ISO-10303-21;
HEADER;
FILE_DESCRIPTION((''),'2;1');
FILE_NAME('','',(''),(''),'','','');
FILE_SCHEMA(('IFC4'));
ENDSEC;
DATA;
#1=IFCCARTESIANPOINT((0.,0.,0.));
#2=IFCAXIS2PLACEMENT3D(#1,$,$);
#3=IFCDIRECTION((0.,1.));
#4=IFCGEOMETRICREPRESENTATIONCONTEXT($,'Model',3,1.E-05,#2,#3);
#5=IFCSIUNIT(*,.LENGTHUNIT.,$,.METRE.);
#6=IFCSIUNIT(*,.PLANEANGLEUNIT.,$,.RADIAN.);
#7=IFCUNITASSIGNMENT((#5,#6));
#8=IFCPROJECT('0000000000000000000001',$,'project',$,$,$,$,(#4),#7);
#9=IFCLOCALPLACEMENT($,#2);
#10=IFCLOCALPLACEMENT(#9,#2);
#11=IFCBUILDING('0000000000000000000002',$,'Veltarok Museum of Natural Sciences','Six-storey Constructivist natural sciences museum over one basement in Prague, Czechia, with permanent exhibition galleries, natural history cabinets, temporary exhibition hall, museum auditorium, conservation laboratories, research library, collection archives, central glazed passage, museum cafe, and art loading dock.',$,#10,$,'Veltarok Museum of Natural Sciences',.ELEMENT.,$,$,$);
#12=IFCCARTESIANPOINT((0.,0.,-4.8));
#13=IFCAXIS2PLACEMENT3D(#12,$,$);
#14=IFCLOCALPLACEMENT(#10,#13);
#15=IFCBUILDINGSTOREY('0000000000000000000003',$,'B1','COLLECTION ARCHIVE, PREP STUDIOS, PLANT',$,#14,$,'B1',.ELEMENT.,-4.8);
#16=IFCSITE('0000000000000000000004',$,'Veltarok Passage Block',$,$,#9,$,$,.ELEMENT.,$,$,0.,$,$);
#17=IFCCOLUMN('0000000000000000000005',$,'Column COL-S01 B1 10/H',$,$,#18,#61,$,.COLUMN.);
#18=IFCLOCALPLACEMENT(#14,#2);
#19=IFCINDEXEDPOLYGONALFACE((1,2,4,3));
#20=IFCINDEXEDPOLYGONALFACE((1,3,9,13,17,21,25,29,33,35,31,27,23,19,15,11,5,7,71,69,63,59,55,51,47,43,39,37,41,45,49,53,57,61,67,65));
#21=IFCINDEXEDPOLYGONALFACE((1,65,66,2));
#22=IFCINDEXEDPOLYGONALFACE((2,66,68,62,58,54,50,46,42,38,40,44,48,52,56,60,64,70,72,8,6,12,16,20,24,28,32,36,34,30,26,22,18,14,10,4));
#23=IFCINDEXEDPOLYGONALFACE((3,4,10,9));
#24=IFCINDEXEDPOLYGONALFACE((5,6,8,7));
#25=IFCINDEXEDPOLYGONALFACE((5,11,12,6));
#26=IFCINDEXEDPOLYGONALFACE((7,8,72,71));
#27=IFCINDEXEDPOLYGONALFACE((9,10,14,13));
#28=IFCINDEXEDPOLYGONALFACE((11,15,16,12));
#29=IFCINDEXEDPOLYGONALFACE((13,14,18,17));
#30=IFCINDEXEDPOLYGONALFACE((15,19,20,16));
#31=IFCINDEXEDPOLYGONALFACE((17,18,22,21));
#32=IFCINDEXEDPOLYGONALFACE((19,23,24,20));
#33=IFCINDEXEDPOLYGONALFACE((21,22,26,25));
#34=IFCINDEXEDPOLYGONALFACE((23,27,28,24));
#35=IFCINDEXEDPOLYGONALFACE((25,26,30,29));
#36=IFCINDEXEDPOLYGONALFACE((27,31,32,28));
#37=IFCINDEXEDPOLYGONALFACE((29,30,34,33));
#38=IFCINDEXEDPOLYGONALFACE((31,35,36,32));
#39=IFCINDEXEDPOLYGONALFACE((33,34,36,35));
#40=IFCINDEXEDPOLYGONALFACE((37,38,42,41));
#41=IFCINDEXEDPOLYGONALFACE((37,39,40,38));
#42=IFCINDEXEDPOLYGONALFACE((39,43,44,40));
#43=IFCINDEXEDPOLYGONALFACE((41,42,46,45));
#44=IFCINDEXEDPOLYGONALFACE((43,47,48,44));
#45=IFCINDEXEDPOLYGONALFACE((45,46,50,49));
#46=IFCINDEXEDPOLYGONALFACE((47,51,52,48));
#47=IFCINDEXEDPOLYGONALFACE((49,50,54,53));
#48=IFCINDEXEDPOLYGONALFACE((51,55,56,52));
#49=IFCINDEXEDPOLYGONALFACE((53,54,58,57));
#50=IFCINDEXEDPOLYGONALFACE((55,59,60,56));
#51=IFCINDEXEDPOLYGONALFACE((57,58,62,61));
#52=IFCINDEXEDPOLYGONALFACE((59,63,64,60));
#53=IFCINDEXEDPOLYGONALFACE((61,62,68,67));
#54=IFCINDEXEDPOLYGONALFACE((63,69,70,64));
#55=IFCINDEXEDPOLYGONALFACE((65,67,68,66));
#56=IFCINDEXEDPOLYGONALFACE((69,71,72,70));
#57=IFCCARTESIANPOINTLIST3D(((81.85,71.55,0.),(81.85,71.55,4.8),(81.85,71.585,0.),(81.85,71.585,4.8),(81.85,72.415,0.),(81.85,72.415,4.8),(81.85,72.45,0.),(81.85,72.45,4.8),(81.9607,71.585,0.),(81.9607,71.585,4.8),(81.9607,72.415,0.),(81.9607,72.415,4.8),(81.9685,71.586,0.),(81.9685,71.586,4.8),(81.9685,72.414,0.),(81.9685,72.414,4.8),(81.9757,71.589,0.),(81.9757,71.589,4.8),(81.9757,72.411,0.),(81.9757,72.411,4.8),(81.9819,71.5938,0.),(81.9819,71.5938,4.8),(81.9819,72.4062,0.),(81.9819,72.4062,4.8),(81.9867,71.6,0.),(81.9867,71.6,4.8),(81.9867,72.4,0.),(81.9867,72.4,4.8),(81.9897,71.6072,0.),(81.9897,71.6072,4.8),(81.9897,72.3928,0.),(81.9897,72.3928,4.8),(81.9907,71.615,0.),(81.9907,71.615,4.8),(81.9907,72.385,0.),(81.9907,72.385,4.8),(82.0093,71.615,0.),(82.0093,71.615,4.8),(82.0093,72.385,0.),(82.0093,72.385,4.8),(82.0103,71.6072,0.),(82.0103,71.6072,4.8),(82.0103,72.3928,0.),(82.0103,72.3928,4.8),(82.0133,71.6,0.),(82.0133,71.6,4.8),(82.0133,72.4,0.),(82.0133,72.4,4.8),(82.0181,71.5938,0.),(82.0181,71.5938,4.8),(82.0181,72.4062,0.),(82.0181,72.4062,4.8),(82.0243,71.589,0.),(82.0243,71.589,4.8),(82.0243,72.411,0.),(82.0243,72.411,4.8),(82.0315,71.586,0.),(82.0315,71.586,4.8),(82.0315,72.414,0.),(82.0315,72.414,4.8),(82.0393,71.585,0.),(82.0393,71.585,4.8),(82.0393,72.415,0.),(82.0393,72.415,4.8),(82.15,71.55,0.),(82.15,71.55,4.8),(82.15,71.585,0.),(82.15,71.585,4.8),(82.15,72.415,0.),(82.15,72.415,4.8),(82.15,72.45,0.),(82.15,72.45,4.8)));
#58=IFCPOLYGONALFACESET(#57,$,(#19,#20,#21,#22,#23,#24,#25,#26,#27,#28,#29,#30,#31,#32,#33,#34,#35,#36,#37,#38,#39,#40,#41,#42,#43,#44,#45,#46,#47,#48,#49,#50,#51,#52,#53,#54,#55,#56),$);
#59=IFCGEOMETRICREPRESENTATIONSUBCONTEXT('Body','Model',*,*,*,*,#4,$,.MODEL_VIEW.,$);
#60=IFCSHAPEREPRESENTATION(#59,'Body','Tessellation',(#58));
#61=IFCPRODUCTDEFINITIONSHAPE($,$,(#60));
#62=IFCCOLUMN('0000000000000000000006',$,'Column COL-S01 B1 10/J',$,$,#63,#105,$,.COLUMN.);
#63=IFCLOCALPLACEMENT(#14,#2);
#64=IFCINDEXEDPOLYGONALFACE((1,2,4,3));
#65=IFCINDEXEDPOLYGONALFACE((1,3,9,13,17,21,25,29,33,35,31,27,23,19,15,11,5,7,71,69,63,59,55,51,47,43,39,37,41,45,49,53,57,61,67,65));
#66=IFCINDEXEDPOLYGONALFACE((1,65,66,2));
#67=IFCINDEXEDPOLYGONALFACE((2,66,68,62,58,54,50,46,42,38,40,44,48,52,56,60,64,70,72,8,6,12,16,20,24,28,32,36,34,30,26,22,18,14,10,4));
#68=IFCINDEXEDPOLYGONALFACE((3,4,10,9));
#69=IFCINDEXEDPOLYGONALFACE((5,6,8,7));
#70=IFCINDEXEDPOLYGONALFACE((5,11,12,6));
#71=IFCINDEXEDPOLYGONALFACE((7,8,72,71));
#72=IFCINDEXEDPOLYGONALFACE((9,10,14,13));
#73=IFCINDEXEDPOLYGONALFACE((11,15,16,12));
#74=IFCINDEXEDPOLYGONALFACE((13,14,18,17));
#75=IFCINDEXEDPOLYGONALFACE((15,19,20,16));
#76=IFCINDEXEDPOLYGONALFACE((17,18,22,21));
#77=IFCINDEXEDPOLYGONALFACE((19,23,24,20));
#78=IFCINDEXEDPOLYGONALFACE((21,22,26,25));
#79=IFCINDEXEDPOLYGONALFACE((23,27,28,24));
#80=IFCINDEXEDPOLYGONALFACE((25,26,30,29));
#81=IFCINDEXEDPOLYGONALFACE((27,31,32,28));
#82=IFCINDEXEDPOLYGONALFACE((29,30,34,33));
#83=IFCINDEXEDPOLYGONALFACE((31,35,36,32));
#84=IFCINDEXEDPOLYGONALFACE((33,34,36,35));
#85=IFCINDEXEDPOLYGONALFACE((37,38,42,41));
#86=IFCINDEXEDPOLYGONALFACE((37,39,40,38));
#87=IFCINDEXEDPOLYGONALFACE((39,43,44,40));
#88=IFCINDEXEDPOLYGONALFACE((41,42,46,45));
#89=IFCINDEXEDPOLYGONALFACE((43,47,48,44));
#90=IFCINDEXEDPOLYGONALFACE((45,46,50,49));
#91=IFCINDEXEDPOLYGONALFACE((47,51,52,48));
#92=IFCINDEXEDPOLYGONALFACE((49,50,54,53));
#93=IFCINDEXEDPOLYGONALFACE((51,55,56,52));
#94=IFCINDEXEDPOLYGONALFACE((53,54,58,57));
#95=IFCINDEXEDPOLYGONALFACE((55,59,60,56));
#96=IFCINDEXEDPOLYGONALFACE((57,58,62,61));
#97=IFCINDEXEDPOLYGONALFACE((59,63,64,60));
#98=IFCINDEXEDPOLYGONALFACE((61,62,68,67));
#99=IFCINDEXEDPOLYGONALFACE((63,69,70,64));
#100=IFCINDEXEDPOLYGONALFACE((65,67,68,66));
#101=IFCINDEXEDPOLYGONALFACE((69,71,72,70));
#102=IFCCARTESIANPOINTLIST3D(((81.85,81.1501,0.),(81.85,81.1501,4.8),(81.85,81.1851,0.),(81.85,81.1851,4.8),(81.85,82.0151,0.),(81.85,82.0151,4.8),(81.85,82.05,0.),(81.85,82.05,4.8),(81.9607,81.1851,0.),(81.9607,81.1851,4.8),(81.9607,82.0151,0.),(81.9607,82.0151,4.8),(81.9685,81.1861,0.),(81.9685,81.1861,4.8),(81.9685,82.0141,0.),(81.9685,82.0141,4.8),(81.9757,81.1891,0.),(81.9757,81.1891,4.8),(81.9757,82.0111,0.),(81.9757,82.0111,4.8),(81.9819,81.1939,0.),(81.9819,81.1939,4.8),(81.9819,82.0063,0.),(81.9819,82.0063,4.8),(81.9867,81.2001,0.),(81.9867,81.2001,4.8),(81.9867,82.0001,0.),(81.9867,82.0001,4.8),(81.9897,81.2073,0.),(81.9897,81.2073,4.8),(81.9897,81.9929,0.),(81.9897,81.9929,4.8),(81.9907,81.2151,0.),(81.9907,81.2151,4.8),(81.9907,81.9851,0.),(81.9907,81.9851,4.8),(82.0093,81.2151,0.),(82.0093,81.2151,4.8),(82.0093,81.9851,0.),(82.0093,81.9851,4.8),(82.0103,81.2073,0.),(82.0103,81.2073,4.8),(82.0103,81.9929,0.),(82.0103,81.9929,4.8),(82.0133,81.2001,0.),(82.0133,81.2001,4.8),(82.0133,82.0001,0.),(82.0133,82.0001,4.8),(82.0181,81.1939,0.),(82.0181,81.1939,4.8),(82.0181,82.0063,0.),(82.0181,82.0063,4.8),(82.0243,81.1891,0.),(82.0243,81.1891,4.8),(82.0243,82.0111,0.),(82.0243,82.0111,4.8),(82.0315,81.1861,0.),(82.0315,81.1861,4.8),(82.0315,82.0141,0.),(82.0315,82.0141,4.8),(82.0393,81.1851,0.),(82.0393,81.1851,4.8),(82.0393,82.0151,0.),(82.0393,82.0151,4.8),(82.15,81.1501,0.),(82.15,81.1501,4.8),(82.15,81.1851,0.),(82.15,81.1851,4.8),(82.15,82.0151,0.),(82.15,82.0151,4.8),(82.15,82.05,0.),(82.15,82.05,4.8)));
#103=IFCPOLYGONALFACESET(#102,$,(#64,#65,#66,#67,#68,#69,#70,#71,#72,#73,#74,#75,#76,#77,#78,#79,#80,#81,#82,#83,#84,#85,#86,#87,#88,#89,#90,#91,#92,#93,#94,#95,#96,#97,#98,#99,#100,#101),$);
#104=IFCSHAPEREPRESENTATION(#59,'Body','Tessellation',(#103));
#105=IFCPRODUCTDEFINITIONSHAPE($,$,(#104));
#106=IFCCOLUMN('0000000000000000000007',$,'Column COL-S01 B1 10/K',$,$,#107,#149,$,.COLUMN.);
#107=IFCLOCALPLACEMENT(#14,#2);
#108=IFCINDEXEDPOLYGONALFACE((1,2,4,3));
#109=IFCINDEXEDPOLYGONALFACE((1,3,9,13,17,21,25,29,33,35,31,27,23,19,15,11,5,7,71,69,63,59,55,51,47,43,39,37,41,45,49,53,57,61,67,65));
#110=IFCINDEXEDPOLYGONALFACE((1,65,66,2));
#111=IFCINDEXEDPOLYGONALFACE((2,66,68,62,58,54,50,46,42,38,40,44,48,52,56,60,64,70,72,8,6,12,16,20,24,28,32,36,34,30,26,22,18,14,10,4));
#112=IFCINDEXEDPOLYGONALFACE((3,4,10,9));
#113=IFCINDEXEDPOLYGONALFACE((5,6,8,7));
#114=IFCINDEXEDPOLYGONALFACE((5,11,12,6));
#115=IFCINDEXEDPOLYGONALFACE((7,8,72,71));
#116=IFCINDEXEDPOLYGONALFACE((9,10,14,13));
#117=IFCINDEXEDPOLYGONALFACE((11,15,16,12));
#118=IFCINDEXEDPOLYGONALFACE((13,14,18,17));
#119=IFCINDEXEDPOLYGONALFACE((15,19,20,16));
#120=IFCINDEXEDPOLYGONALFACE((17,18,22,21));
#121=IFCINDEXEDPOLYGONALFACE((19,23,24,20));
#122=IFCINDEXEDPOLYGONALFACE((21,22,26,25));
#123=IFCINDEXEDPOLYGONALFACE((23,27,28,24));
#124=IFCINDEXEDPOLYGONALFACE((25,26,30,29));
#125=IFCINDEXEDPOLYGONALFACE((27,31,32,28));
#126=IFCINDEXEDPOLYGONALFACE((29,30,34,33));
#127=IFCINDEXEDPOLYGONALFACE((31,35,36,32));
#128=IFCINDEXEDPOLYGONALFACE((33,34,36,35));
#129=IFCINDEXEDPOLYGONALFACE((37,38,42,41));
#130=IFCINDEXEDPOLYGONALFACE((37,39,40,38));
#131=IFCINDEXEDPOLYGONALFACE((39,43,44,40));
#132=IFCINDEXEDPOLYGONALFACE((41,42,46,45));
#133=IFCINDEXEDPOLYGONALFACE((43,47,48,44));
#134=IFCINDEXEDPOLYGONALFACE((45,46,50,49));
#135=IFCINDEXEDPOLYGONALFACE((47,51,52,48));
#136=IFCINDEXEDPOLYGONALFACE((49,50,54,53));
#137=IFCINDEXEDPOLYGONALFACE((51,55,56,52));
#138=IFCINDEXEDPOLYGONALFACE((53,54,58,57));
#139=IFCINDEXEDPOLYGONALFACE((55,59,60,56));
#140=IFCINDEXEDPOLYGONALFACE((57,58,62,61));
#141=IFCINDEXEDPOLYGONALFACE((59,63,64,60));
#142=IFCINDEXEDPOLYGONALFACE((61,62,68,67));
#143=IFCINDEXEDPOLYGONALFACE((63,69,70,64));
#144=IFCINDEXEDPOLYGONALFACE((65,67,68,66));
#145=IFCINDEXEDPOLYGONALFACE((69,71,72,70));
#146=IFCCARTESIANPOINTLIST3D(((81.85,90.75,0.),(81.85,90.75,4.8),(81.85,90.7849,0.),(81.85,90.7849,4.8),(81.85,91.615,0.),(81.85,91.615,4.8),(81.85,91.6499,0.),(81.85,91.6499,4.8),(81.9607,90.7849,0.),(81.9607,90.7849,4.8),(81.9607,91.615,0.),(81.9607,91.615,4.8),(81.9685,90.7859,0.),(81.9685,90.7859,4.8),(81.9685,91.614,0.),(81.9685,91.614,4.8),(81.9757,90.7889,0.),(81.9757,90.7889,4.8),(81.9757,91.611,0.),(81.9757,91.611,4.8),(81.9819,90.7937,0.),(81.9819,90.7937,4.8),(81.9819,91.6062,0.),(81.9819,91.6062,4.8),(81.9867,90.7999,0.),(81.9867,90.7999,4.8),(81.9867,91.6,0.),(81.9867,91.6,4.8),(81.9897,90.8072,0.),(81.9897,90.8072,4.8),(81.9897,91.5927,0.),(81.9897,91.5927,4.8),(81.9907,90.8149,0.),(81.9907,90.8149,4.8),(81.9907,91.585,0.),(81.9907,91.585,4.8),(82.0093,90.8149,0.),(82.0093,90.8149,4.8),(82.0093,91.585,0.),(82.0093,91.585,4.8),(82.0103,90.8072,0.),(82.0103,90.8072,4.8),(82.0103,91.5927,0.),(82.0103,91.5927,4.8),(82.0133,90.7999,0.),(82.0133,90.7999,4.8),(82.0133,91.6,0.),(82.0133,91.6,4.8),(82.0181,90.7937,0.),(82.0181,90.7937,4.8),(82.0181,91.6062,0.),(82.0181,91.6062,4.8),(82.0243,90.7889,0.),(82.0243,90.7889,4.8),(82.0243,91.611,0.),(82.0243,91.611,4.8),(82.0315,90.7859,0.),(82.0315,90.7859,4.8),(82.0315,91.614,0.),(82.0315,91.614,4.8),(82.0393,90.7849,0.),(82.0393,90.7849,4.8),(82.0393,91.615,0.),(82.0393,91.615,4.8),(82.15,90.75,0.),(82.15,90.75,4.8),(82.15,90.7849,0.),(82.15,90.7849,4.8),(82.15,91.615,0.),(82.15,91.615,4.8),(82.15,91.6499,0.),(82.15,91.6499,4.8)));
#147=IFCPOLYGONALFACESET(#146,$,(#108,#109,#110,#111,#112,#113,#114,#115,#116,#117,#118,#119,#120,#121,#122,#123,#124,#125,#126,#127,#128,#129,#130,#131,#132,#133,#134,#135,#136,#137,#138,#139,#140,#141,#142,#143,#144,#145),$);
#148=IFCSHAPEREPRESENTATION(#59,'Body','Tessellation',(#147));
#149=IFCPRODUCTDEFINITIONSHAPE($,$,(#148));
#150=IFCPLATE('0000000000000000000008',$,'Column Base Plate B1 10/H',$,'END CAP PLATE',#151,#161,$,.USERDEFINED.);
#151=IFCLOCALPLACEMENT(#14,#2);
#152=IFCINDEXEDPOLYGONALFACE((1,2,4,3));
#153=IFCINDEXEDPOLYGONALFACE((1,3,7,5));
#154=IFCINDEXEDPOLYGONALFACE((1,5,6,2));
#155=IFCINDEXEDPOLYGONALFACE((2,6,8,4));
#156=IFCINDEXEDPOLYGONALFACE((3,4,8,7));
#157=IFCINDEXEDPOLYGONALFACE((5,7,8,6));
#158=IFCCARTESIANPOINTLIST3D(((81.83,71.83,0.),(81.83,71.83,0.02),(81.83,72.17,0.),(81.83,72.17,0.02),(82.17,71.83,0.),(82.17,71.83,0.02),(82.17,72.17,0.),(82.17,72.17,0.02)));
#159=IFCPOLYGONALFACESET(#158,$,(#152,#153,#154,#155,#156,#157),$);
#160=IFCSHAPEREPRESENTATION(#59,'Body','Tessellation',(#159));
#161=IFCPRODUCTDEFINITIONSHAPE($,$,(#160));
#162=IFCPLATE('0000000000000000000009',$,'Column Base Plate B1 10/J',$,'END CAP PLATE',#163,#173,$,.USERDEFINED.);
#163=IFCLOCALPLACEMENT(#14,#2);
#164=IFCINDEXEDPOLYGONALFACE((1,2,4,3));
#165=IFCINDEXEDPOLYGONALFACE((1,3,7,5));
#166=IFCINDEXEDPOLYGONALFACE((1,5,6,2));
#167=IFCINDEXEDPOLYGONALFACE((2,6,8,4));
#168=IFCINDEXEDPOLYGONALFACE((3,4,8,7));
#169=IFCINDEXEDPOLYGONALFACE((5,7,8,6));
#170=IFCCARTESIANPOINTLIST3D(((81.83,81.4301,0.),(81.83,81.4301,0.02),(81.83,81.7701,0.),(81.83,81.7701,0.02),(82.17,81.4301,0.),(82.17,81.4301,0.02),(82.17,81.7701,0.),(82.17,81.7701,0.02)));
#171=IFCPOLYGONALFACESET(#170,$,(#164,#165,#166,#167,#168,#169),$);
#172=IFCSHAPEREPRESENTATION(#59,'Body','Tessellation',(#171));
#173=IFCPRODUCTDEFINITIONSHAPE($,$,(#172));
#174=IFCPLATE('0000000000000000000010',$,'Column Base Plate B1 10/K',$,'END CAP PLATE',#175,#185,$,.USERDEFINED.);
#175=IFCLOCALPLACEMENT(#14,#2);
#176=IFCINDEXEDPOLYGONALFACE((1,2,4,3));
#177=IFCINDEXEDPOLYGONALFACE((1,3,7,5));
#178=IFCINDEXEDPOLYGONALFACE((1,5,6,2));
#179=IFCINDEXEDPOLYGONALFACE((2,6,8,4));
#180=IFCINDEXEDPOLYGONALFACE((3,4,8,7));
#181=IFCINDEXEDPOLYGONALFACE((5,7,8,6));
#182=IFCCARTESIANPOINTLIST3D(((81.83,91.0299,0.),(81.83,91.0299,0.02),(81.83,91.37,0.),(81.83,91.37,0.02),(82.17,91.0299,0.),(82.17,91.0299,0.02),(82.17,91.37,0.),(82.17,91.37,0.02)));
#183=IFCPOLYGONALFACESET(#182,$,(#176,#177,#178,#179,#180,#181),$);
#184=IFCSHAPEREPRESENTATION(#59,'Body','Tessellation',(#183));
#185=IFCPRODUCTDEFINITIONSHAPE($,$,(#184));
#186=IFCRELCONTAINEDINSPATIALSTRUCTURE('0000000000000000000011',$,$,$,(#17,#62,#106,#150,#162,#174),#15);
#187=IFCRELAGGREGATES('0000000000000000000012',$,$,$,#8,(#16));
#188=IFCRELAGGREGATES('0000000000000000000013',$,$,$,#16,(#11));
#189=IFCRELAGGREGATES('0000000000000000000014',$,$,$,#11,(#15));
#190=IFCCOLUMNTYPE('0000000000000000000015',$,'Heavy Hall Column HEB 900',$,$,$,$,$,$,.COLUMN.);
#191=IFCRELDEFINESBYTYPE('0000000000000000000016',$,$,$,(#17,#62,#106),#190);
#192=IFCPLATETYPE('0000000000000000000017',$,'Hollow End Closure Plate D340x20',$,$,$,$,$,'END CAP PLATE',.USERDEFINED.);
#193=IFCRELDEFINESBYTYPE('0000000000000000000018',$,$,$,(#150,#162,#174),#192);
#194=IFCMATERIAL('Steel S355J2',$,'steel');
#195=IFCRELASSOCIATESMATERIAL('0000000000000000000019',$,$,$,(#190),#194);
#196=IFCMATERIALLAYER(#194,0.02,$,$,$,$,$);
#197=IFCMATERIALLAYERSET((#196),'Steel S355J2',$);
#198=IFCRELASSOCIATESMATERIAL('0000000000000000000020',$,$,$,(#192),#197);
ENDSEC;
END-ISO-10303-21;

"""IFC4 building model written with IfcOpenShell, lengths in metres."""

from ifc_helpers import new_model, si_unit, direction, frame, origin, origin_2d, place, context, subcontext, project, spatial, rectangle, i_section, extrude, material, layer, layer_set, material_profile, profile_set, type_object, element, save


model = new_model("IFC4")

# Units and contexts
model_context = context("Model", 3, precision=1e-05, world=origin(), true_north=direction((0.0, 1.0)))
body_context = subcontext(model_context, "Body", "Model", "MODEL_VIEW")
ifc_project = project(units=[si_unit("LENGTHUNIT", "METRE"), si_unit("PLANEANGLEUNIT", "RADIAN")], contexts=[model_context])

# Site, building, storey
site_placement = place(None, origin())
site = spatial("IfcSite", under=ifc_project, at=site_placement, Name="Veltarok Passage Block", CompositionType="ELEMENT", RefElevation=0.0)
building_placement = place(site_placement, origin())
building = spatial("IfcBuilding", under=site, at=building_placement, Name="Veltarok Museum of Natural Sciences", Description="Six-storey Constructivist natural sciences museum over one basement in Prague, Czechia, with permanent exhibition galleries, natural history cabinets, temporary exhibition hall, museum auditorium, conservation laboratories, research library, collection archives, central glazed passage, museum cafe, and art loading dock.", LongName="Veltarok Museum of Natural Sciences", CompositionType="ELEMENT")
storey_placement = place(building_placement, frame((0.0, 0.0, -4.8)))
storey = spatial("IfcBuildingStorey", under=building, at=storey_placement, Name="B1", Description="COLLECTION ARCHIVE, PREP STUDIOS, PLANT", LongName="B1", CompositionType="ELEMENT", Elevation=-4.8)

# Columns
ifc_material_1 = material(Name="Steel S355J2", Category="steel")
ifc_material_profile_1 = material_profile(ifc_material_1, i_section(OverallWidth=0.3, OverallDepth=0.8999, WebThickness=0.0186, FlangeThickness=0.0349, FilletRadius=0.03, at=origin_2d()), Name="HEB 900")
ifc_profile_set_1 = profile_set([ifc_material_profile_1], Name="Steel S355J2")
column_type = type_object("IfcColumnType", Name="Heavy Hall Column HEB 900", PredefinedType="COLUMN", material=ifc_profile_set_1)
for number, where, z_axis, x_axis, name in (
    (1, (82.0, 72.0, 0.0), (0.0, 0.0, 1.0), (1.0, 0.0, 0.0), "Column COL-S01 B1 10/H"),
    (2, (82.0, 81.6001, 0.0), (0.0, 0.0, 1.0), (1.0, 0.0, 0.0), "Column COL-S01 B1 10/J"),
    (3, (82.0, 91.2, 0.0), (0.0, 0.0, 1.0), (1.0, 0.0, 0.0), "Column COL-S01 B1 10/K"),
):
    element("IfcColumn", number, at=place(storey_placement, frame(where, z_axis=z_axis, x_axis=x_axis)), inside=storey, type_object=column_type, Name=name, PredefinedType="COLUMN", context=body_context, shape_type="SweptSolid", body=[
        extrude(i_section(OverallWidth=0.3, OverallDepth=0.8999, WebThickness=0.0186, FlangeThickness=0.0349, FilletRadius=0.03, at=origin_2d()), origin(), (0.0, 0.0, 1.0), 4.8),
    ])

# Plates
ifc_layer = layer(ifc_material_1, 0.02)
ifc_layer_set = layer_set([ifc_layer], Name="Steel S355J2")
plate_type = type_object("IfcPlateType", Name="Hollow End Closure Plate D340x20", ElementType="END CAP PLATE", PredefinedType="USERDEFINED", material=ifc_layer_set)
for number, where, z_axis, x_axis, name in (
    (4, (82.0, 72.0, 0.0), (0.0, 0.0, 1.0), (1.0, 0.0, 0.0), "Column Base Plate B1 10/H"),
    (5, (82.0, 81.6001, 0.0), (0.0, 0.0, 1.0), (1.0, 0.0, 0.0), "Column Base Plate B1 10/J"),
    (6, (82.0, 91.2, 0.0), (0.0, 0.0, 1.0), (1.0, 0.0, 0.0), "Column Base Plate B1 10/K"),
):
    element("IfcPlate", number, at=place(storey_placement, frame(where, z_axis=z_axis, x_axis=x_axis)), inside=storey, type_object=plate_type, Name=name, ObjectType="END CAP PLATE", PredefinedType="USERDEFINED", context=body_context, shape_type="SweptSolid", body=[
        extrude(rectangle(XDim=0.3401, YDim=0.3401, at=origin_2d()), origin(), (0.0, 0.0, 1.0), 0.02),
    ])

save(model, "model.ifc")
